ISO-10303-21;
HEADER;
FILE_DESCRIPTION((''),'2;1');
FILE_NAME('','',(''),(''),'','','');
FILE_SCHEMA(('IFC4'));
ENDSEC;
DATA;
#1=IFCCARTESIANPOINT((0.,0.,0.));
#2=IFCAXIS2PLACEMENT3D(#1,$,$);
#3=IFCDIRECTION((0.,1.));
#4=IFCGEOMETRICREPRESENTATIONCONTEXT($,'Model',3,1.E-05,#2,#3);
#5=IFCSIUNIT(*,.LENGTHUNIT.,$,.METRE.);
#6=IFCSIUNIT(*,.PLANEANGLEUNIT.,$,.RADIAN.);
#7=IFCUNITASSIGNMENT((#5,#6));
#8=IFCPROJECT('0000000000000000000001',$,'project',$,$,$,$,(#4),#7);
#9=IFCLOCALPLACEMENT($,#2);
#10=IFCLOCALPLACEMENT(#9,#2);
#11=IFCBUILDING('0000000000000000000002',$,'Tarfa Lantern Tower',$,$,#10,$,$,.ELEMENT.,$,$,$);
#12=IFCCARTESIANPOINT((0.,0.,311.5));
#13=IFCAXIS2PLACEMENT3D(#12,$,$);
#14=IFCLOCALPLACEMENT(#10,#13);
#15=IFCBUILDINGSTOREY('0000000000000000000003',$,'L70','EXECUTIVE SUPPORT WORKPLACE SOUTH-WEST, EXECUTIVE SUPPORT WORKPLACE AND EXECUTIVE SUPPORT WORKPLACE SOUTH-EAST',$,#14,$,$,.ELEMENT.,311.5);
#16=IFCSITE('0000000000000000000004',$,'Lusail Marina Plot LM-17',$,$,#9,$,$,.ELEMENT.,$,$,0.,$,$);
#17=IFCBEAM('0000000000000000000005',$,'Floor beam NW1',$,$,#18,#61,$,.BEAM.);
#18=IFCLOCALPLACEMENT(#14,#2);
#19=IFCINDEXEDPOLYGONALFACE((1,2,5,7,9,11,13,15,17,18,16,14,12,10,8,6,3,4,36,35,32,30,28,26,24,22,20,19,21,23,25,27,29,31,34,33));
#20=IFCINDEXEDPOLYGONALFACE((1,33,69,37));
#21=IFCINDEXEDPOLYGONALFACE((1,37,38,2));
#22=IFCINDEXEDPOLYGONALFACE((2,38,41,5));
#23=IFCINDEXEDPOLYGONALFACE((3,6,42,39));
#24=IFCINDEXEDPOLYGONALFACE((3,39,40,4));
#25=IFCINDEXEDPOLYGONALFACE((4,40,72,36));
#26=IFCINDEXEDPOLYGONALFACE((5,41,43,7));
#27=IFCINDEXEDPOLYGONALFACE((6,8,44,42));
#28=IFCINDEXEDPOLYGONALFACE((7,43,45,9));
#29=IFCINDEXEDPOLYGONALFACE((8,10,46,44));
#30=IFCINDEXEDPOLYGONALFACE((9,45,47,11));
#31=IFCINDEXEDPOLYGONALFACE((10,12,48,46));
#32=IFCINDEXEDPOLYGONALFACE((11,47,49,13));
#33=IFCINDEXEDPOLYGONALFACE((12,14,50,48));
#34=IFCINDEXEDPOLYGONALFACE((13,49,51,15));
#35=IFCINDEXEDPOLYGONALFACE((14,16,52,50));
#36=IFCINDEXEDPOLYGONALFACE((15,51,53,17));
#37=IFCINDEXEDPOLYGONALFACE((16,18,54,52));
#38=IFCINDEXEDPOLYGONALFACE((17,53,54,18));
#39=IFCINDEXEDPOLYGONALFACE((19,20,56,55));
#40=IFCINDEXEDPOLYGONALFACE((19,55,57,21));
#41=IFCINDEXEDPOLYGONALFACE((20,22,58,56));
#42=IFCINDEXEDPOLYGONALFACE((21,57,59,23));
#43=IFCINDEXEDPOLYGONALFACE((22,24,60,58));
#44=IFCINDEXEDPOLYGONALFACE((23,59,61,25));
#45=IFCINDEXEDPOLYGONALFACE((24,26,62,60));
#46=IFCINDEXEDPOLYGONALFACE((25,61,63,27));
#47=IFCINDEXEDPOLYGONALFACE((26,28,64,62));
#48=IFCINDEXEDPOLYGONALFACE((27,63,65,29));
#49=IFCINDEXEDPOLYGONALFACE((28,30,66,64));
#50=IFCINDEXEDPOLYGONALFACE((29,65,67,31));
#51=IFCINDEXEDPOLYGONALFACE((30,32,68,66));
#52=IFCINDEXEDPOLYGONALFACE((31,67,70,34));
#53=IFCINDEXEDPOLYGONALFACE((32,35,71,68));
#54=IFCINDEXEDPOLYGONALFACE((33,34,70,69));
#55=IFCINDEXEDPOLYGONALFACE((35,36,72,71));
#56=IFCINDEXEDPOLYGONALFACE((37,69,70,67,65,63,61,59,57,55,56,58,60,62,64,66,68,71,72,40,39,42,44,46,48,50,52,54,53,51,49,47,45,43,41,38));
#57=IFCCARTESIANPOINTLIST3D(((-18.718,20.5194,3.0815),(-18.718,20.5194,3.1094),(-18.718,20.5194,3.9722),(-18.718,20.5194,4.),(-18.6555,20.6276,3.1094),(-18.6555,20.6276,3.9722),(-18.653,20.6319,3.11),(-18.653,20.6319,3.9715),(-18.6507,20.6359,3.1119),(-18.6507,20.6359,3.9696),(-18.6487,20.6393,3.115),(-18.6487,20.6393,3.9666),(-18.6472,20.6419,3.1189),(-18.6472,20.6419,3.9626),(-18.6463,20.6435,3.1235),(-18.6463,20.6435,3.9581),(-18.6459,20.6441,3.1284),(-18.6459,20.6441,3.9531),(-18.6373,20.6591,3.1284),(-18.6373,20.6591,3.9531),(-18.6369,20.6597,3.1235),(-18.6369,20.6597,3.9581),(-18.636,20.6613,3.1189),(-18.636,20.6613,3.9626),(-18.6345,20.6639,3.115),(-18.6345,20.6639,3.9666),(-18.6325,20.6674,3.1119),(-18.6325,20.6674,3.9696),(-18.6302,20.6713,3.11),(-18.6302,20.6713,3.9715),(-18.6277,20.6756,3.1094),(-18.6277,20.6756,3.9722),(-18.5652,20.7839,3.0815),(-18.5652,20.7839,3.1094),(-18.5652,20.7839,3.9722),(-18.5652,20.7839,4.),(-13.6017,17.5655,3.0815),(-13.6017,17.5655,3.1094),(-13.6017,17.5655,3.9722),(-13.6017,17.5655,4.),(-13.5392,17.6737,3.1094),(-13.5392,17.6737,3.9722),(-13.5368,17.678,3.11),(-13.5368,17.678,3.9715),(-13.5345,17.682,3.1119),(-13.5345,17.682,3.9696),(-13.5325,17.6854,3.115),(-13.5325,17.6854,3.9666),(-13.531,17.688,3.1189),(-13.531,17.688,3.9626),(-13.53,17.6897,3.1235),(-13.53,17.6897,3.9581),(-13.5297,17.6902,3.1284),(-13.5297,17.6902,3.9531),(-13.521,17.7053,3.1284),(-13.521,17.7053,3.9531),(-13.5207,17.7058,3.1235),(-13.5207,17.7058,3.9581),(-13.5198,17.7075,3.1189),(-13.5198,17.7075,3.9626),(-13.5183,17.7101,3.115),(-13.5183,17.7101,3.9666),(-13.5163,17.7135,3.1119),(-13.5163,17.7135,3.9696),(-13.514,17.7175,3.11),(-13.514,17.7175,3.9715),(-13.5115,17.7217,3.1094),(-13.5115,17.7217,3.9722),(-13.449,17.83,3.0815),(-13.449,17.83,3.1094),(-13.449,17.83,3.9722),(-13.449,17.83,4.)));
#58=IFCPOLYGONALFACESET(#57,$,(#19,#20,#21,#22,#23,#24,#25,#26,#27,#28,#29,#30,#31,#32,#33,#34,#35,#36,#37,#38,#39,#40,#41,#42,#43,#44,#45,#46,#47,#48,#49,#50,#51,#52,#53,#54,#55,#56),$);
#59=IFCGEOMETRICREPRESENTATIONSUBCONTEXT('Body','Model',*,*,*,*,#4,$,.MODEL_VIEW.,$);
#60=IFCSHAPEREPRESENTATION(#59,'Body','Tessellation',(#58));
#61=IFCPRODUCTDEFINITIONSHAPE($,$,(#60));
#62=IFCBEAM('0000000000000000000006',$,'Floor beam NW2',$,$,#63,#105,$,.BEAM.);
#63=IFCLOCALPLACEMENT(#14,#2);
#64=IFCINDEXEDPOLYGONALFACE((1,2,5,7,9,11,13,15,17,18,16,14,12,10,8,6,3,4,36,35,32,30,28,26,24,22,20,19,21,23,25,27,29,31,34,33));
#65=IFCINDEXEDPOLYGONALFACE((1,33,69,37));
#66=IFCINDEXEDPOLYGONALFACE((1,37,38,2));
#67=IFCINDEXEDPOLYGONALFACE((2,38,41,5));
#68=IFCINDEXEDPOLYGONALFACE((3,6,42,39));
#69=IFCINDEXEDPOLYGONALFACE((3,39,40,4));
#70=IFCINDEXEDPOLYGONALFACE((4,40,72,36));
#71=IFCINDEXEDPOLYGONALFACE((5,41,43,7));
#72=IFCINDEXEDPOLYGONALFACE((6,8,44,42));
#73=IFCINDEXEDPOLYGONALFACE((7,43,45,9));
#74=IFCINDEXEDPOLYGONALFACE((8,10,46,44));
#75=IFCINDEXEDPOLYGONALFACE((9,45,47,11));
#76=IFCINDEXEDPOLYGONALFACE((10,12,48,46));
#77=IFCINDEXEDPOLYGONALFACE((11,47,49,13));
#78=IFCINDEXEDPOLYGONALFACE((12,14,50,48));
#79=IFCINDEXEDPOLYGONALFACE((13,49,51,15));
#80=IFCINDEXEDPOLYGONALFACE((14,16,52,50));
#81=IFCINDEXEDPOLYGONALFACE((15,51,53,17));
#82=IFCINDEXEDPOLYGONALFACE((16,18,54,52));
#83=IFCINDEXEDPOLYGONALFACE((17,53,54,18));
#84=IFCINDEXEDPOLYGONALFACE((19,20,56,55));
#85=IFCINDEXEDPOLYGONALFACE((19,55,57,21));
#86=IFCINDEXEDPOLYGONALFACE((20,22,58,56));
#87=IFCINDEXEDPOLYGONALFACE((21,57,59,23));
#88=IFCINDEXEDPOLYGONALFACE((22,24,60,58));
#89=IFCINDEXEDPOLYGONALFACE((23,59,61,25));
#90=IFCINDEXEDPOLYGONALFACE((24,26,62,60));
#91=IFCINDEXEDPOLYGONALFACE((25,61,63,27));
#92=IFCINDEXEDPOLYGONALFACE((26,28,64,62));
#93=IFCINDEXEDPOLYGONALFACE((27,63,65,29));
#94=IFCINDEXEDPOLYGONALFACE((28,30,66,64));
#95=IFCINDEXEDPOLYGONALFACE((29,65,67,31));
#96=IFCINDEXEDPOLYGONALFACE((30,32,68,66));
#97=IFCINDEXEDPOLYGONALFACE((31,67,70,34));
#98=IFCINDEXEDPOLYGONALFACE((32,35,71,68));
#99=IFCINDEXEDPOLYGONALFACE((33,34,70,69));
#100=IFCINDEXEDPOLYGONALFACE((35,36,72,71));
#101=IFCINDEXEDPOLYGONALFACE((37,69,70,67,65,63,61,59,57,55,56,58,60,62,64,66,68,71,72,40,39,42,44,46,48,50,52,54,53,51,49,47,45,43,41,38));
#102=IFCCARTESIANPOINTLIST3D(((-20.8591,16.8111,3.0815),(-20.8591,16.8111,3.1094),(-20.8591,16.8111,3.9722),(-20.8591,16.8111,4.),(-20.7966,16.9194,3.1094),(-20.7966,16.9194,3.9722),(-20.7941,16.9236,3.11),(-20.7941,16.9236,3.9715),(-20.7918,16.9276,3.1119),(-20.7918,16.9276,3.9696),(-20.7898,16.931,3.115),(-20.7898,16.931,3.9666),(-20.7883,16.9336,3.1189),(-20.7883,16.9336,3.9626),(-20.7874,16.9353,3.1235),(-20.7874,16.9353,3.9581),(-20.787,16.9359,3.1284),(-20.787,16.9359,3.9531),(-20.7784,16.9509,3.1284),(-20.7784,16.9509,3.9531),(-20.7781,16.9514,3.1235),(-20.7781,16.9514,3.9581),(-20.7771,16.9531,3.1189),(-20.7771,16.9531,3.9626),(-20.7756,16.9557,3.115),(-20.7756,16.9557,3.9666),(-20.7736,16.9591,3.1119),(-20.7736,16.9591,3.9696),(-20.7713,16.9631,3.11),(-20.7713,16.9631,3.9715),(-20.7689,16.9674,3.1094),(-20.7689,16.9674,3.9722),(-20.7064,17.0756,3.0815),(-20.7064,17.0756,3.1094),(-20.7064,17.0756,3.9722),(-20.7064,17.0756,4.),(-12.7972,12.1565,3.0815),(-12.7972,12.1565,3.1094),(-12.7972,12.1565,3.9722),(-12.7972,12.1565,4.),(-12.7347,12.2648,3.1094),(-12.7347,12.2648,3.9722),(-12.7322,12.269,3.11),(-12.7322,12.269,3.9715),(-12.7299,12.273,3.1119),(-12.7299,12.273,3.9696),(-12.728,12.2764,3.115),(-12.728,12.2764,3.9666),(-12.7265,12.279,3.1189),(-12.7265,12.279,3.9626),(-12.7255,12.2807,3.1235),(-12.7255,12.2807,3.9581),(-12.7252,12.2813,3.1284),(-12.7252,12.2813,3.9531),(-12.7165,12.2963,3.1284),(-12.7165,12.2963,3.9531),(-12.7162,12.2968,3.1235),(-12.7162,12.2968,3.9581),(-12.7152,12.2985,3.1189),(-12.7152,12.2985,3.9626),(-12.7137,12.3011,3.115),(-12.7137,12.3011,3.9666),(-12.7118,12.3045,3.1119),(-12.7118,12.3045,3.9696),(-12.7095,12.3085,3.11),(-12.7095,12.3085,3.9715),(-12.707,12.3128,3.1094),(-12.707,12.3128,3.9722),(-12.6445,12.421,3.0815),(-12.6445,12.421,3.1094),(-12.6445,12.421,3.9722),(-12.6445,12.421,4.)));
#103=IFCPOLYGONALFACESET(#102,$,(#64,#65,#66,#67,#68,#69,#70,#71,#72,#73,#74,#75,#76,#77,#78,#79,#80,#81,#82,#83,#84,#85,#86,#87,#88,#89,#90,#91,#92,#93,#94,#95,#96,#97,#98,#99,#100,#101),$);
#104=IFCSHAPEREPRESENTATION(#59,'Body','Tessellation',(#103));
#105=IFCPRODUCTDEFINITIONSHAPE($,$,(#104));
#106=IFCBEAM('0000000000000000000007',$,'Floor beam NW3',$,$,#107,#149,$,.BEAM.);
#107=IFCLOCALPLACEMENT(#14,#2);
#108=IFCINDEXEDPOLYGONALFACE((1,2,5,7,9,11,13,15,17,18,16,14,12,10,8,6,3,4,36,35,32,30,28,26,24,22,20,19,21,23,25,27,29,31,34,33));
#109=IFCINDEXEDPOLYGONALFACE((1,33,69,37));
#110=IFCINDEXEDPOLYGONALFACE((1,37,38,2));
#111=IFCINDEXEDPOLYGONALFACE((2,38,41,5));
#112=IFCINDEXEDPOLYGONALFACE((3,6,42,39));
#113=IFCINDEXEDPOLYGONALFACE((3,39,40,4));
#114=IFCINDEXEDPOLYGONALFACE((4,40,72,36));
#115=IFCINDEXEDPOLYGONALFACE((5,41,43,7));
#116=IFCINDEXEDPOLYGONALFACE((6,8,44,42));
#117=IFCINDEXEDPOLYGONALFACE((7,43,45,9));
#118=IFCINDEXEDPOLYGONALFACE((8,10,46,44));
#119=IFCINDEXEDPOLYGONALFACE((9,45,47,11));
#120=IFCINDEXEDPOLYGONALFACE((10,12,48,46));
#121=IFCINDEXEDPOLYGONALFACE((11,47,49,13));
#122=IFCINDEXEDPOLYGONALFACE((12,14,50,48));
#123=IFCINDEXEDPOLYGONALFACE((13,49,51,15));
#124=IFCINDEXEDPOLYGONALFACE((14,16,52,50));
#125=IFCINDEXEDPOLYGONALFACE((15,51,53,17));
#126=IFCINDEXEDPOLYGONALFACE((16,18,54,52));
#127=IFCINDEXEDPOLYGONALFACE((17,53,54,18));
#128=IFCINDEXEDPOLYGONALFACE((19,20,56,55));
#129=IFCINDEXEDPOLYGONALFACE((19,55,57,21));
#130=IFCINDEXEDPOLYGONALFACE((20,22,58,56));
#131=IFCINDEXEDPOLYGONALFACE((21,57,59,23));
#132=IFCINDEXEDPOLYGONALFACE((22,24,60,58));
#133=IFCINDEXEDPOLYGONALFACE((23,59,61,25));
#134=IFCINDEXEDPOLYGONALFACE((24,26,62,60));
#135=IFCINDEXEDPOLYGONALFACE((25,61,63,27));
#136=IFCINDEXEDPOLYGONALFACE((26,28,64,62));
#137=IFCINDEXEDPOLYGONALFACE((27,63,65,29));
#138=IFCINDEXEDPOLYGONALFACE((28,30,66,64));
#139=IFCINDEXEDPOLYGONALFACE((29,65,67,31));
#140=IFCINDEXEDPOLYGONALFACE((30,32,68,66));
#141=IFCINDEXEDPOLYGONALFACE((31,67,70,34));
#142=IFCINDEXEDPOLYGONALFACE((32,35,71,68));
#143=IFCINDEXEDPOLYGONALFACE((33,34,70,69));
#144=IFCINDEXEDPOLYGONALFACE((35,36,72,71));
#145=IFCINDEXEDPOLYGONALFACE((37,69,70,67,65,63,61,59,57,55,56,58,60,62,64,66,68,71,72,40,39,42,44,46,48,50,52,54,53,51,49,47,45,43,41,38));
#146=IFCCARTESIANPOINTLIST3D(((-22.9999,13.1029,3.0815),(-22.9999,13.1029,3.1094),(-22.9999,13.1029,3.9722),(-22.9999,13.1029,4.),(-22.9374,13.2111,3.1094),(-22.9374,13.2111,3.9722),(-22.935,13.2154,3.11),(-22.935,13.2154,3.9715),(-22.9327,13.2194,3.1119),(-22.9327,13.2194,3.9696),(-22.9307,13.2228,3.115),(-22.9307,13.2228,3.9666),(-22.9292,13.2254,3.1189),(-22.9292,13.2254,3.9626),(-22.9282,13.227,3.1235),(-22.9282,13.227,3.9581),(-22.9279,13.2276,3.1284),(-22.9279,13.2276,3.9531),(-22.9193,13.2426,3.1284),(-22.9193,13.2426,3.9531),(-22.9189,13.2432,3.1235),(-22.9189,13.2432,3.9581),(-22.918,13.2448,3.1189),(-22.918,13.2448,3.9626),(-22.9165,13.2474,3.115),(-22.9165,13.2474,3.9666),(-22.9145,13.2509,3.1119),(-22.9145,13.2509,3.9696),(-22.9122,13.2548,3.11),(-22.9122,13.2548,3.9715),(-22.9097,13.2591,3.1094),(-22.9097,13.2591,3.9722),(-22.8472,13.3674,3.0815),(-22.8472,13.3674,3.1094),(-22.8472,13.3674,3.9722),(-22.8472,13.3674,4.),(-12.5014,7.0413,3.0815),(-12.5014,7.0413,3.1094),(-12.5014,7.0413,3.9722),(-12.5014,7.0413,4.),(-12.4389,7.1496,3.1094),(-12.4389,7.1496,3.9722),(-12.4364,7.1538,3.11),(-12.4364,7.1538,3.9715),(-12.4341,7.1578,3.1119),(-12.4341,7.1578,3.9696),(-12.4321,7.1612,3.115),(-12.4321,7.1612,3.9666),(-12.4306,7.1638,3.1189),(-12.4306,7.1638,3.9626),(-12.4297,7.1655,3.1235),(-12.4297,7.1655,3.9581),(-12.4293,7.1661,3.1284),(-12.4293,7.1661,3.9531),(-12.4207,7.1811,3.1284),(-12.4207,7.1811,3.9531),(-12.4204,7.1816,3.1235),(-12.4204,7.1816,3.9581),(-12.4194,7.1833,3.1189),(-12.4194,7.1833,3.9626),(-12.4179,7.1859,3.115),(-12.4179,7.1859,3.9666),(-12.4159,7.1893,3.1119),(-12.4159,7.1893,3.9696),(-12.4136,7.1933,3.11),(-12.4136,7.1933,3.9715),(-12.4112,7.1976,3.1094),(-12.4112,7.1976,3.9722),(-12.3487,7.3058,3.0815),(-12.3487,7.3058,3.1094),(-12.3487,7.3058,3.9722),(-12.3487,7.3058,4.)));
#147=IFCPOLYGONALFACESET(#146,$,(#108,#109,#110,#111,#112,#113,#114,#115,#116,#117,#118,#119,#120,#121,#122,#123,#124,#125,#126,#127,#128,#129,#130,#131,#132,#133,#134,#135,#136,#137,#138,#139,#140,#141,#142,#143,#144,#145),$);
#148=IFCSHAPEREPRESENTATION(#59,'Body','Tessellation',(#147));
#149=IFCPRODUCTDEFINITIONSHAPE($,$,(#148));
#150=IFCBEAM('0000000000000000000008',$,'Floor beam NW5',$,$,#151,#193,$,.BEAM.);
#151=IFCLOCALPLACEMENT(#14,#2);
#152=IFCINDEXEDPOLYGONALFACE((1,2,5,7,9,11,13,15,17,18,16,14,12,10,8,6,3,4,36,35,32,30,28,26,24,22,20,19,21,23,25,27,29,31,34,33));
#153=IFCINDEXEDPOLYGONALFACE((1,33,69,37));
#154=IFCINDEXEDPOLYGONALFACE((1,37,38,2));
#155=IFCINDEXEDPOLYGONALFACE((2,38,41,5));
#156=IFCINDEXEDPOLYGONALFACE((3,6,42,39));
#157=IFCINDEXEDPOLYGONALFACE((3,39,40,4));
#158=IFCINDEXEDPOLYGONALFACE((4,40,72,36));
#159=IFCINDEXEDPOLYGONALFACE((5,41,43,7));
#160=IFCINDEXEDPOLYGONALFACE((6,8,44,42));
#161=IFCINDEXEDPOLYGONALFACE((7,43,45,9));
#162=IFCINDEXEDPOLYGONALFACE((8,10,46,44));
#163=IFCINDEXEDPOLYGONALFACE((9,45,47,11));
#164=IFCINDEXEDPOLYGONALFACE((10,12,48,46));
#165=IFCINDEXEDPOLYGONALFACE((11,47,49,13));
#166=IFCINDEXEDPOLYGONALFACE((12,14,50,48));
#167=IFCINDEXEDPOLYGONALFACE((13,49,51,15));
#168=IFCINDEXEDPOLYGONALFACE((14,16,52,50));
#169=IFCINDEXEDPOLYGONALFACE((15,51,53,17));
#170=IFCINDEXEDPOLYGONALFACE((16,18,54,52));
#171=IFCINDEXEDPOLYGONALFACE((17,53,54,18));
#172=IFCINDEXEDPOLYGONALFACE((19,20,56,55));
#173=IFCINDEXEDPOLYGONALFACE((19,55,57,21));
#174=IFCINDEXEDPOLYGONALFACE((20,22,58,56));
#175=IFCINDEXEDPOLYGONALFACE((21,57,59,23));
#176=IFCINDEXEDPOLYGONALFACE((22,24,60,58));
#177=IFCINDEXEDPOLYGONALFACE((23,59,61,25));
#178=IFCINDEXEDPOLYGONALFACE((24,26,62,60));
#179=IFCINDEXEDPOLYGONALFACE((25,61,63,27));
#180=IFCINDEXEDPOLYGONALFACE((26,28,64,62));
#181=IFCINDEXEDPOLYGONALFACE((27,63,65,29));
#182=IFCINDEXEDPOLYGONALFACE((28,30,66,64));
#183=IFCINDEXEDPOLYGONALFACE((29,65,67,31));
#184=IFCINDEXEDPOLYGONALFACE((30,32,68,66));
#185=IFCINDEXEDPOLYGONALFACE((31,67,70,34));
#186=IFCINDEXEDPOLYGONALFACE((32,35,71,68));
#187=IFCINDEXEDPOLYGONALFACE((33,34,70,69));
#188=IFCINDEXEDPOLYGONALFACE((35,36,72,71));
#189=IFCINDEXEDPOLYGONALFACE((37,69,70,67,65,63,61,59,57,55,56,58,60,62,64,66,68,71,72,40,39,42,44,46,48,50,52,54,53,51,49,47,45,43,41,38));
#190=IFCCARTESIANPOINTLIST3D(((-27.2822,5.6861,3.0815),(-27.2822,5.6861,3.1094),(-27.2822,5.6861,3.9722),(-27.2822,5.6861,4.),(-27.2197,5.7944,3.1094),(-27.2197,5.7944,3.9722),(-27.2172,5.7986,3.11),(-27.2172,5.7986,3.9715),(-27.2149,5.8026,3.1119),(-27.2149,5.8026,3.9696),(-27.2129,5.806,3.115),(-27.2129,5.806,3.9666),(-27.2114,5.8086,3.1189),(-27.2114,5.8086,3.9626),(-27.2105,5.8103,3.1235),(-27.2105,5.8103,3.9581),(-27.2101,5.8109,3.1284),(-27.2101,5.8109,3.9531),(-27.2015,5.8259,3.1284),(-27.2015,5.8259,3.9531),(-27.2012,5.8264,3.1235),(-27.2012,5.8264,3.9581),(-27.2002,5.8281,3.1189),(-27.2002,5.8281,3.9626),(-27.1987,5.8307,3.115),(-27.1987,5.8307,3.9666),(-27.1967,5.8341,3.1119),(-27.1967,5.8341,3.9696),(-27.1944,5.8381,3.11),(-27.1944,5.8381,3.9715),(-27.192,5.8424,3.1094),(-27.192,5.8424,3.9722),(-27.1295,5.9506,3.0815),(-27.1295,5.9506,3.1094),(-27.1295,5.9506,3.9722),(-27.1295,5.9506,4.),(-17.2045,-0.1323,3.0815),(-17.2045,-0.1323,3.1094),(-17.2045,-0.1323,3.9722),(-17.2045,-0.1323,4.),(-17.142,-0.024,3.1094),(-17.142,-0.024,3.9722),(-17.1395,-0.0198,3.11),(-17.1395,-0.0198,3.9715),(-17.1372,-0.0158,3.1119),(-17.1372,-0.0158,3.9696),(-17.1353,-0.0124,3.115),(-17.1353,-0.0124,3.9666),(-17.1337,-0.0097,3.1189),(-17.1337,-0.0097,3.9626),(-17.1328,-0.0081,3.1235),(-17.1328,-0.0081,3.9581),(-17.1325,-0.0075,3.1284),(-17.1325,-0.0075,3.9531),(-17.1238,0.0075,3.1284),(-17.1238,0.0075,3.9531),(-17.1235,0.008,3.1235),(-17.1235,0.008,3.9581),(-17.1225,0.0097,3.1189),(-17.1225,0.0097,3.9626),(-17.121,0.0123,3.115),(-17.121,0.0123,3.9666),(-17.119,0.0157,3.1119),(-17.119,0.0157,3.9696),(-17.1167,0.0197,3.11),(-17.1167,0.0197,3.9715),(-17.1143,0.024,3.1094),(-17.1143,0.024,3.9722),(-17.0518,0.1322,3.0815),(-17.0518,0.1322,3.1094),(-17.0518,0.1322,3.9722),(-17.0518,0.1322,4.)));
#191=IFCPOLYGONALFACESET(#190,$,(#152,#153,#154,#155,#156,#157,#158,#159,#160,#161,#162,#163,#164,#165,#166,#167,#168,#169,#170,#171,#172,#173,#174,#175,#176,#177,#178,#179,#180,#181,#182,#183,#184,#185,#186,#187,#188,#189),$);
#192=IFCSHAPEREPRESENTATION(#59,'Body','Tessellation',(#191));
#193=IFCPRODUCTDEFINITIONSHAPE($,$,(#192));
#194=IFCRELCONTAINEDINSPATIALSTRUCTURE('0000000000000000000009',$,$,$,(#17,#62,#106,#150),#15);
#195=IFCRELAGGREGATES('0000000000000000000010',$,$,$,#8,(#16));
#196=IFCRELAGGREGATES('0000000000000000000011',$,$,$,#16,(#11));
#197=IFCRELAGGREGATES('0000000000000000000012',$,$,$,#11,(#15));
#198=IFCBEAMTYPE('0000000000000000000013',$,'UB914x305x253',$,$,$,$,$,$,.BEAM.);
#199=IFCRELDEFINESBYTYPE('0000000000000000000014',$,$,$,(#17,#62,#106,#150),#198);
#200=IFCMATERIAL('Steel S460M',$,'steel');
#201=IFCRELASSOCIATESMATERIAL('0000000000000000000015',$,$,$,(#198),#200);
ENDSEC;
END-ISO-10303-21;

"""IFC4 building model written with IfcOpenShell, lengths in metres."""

from ifc_helpers import new_model, si_unit, direction, frame, origin, origin_2d, place, context, subcontext, project, spatial, i_section, extrude, material, material_profile, profile_set, type_object, element, save


model = new_model("IFC4")

# Units and contexts
model_context = context("Model", 3, precision=1e-05, world=origin(), true_north=direction((0.0, 1.0)))
body_context = subcontext(model_context, "Body", "Model", "MODEL_VIEW")
ifc_project = project(units=[si_unit("LENGTHUNIT", "METRE"), si_unit("PLANEANGLEUNIT", "RADIAN")], contexts=[model_context])

# Site, building, storey
site_placement = place(None, origin())
site = spatial("IfcSite", under=ifc_project, at=site_placement, Name="Lusail Marina Plot LM-17", CompositionType="ELEMENT", RefElevation=0.0)
building_placement = place(site_placement, origin())
building = spatial("IfcBuilding", under=site, at=building_placement, Name="Tarfa Lantern Tower", CompositionType="ELEMENT")
storey_placement = place(building_placement, frame((0.0, 0.0, 311.5)))
storey = spatial("IfcBuildingStorey", under=building, at=storey_placement, Name="L70", Description="EXECUTIVE SUPPORT WORKPLACE SOUTH-WEST, EXECUTIVE SUPPORT WORKPLACE AND EXECUTIVE SUPPORT WORKPLACE SOUTH-EAST", CompositionType="ELEMENT", Elevation=311.5)

# Shared definitions
ifc_material_1 = material(Name="Steel S460M", Category="steel")

# Beams
ifc_material_profile_1 = material_profile(ifc_material_1, i_section(OverallWidth=0.3054, OverallDepth=0.9185, WebThickness=0.0173, FlangeThickness=0.0278, FilletRadius=0.019, at=origin_2d()), Name="UB914x305x253")
ifc_profile_set_1 = profile_set([ifc_material_profile_1], Name="Steel S460M")
beam_type_1 = type_object("IfcBeamType", Name="UB914x305x253", PredefinedType="BEAM", material=ifc_profile_set_1)
beam_1_placement = place(storey_placement, frame((-18.6416, 20.6516, 3.5408), z_axis=(0.866025, -0.500001, 0.0), x_axis=(0.500001, 0.866025, 0.0)))
element("IfcBeam", 1, at=beam_1_placement, inside=storey, type_object=beam_type_1, Name="Floor beam NW1", PredefinedType="BEAM", context=body_context, shape_type="SweptSolid", body=[
    extrude(i_section(OverallWidth=0.3054, OverallDepth=0.9185, WebThickness=0.0173, FlangeThickness=0.0278, FilletRadius=0.019, at=origin_2d()), origin(), (0.0, 0.0, 1.0), 5.9077),
])
beam_2_placement = place(storey_placement, frame((-20.7827, 16.9434, 3.5408), z_axis=(0.866022, -0.500006, 0.0), x_axis=(0.500006, 0.866022, 0.0)))
element("IfcBeam", 2, at=beam_2_placement, inside=storey, type_object=beam_type_1, Name="Floor beam NW2", PredefinedType="BEAM", context=body_context, shape_type="SweptSolid", body=[
    extrude(i_section(OverallWidth=0.3054, OverallDepth=0.9185, WebThickness=0.0173, FlangeThickness=0.0278, FilletRadius=0.019, at=origin_2d()), origin(), (0.0, 0.0, 1.0), 9.3091),
])
beam_3_placement = place(storey_placement, frame((-22.9236, 13.2351, 3.5408), z_axis=(0.866019, -0.500012, 0.0), x_axis=(0.500012, 0.866019, 0.0)))
element("IfcBeam", 3, at=beam_3_placement, inside=storey, type_object=beam_type_1, Name="Floor beam NW3", PredefinedType="BEAM", context=body_context, shape_type="SweptSolid", body=[
    extrude(i_section(OverallWidth=0.3054, OverallDepth=0.9185, WebThickness=0.0173, FlangeThickness=0.0278, FilletRadius=0.019, at=origin_2d()), origin(), (0.0, 0.0, 1.0), 12.1228),
])
beam_4_placement = place(storey_placement, frame((-27.2058, 5.8184, 3.5408), z_axis=(0.866024, -0.500002, 0.0), x_axis=(0.500002, 0.866024, 0.0)))
element("IfcBeam", 4, at=beam_4_placement, inside=storey, type_object=beam_type_1, Name="Floor beam NW5", PredefinedType="BEAM", context=body_context, shape_type="SweptSolid", body=[
    extrude(i_section(OverallWidth=0.3054, OverallDepth=0.9185, WebThickness=0.0173, FlangeThickness=0.0278, FilletRadius=0.019, at=origin_2d()), origin(), (0.0, 0.0, 1.0), 11.6367),
])

save(model, "model.ifc")
